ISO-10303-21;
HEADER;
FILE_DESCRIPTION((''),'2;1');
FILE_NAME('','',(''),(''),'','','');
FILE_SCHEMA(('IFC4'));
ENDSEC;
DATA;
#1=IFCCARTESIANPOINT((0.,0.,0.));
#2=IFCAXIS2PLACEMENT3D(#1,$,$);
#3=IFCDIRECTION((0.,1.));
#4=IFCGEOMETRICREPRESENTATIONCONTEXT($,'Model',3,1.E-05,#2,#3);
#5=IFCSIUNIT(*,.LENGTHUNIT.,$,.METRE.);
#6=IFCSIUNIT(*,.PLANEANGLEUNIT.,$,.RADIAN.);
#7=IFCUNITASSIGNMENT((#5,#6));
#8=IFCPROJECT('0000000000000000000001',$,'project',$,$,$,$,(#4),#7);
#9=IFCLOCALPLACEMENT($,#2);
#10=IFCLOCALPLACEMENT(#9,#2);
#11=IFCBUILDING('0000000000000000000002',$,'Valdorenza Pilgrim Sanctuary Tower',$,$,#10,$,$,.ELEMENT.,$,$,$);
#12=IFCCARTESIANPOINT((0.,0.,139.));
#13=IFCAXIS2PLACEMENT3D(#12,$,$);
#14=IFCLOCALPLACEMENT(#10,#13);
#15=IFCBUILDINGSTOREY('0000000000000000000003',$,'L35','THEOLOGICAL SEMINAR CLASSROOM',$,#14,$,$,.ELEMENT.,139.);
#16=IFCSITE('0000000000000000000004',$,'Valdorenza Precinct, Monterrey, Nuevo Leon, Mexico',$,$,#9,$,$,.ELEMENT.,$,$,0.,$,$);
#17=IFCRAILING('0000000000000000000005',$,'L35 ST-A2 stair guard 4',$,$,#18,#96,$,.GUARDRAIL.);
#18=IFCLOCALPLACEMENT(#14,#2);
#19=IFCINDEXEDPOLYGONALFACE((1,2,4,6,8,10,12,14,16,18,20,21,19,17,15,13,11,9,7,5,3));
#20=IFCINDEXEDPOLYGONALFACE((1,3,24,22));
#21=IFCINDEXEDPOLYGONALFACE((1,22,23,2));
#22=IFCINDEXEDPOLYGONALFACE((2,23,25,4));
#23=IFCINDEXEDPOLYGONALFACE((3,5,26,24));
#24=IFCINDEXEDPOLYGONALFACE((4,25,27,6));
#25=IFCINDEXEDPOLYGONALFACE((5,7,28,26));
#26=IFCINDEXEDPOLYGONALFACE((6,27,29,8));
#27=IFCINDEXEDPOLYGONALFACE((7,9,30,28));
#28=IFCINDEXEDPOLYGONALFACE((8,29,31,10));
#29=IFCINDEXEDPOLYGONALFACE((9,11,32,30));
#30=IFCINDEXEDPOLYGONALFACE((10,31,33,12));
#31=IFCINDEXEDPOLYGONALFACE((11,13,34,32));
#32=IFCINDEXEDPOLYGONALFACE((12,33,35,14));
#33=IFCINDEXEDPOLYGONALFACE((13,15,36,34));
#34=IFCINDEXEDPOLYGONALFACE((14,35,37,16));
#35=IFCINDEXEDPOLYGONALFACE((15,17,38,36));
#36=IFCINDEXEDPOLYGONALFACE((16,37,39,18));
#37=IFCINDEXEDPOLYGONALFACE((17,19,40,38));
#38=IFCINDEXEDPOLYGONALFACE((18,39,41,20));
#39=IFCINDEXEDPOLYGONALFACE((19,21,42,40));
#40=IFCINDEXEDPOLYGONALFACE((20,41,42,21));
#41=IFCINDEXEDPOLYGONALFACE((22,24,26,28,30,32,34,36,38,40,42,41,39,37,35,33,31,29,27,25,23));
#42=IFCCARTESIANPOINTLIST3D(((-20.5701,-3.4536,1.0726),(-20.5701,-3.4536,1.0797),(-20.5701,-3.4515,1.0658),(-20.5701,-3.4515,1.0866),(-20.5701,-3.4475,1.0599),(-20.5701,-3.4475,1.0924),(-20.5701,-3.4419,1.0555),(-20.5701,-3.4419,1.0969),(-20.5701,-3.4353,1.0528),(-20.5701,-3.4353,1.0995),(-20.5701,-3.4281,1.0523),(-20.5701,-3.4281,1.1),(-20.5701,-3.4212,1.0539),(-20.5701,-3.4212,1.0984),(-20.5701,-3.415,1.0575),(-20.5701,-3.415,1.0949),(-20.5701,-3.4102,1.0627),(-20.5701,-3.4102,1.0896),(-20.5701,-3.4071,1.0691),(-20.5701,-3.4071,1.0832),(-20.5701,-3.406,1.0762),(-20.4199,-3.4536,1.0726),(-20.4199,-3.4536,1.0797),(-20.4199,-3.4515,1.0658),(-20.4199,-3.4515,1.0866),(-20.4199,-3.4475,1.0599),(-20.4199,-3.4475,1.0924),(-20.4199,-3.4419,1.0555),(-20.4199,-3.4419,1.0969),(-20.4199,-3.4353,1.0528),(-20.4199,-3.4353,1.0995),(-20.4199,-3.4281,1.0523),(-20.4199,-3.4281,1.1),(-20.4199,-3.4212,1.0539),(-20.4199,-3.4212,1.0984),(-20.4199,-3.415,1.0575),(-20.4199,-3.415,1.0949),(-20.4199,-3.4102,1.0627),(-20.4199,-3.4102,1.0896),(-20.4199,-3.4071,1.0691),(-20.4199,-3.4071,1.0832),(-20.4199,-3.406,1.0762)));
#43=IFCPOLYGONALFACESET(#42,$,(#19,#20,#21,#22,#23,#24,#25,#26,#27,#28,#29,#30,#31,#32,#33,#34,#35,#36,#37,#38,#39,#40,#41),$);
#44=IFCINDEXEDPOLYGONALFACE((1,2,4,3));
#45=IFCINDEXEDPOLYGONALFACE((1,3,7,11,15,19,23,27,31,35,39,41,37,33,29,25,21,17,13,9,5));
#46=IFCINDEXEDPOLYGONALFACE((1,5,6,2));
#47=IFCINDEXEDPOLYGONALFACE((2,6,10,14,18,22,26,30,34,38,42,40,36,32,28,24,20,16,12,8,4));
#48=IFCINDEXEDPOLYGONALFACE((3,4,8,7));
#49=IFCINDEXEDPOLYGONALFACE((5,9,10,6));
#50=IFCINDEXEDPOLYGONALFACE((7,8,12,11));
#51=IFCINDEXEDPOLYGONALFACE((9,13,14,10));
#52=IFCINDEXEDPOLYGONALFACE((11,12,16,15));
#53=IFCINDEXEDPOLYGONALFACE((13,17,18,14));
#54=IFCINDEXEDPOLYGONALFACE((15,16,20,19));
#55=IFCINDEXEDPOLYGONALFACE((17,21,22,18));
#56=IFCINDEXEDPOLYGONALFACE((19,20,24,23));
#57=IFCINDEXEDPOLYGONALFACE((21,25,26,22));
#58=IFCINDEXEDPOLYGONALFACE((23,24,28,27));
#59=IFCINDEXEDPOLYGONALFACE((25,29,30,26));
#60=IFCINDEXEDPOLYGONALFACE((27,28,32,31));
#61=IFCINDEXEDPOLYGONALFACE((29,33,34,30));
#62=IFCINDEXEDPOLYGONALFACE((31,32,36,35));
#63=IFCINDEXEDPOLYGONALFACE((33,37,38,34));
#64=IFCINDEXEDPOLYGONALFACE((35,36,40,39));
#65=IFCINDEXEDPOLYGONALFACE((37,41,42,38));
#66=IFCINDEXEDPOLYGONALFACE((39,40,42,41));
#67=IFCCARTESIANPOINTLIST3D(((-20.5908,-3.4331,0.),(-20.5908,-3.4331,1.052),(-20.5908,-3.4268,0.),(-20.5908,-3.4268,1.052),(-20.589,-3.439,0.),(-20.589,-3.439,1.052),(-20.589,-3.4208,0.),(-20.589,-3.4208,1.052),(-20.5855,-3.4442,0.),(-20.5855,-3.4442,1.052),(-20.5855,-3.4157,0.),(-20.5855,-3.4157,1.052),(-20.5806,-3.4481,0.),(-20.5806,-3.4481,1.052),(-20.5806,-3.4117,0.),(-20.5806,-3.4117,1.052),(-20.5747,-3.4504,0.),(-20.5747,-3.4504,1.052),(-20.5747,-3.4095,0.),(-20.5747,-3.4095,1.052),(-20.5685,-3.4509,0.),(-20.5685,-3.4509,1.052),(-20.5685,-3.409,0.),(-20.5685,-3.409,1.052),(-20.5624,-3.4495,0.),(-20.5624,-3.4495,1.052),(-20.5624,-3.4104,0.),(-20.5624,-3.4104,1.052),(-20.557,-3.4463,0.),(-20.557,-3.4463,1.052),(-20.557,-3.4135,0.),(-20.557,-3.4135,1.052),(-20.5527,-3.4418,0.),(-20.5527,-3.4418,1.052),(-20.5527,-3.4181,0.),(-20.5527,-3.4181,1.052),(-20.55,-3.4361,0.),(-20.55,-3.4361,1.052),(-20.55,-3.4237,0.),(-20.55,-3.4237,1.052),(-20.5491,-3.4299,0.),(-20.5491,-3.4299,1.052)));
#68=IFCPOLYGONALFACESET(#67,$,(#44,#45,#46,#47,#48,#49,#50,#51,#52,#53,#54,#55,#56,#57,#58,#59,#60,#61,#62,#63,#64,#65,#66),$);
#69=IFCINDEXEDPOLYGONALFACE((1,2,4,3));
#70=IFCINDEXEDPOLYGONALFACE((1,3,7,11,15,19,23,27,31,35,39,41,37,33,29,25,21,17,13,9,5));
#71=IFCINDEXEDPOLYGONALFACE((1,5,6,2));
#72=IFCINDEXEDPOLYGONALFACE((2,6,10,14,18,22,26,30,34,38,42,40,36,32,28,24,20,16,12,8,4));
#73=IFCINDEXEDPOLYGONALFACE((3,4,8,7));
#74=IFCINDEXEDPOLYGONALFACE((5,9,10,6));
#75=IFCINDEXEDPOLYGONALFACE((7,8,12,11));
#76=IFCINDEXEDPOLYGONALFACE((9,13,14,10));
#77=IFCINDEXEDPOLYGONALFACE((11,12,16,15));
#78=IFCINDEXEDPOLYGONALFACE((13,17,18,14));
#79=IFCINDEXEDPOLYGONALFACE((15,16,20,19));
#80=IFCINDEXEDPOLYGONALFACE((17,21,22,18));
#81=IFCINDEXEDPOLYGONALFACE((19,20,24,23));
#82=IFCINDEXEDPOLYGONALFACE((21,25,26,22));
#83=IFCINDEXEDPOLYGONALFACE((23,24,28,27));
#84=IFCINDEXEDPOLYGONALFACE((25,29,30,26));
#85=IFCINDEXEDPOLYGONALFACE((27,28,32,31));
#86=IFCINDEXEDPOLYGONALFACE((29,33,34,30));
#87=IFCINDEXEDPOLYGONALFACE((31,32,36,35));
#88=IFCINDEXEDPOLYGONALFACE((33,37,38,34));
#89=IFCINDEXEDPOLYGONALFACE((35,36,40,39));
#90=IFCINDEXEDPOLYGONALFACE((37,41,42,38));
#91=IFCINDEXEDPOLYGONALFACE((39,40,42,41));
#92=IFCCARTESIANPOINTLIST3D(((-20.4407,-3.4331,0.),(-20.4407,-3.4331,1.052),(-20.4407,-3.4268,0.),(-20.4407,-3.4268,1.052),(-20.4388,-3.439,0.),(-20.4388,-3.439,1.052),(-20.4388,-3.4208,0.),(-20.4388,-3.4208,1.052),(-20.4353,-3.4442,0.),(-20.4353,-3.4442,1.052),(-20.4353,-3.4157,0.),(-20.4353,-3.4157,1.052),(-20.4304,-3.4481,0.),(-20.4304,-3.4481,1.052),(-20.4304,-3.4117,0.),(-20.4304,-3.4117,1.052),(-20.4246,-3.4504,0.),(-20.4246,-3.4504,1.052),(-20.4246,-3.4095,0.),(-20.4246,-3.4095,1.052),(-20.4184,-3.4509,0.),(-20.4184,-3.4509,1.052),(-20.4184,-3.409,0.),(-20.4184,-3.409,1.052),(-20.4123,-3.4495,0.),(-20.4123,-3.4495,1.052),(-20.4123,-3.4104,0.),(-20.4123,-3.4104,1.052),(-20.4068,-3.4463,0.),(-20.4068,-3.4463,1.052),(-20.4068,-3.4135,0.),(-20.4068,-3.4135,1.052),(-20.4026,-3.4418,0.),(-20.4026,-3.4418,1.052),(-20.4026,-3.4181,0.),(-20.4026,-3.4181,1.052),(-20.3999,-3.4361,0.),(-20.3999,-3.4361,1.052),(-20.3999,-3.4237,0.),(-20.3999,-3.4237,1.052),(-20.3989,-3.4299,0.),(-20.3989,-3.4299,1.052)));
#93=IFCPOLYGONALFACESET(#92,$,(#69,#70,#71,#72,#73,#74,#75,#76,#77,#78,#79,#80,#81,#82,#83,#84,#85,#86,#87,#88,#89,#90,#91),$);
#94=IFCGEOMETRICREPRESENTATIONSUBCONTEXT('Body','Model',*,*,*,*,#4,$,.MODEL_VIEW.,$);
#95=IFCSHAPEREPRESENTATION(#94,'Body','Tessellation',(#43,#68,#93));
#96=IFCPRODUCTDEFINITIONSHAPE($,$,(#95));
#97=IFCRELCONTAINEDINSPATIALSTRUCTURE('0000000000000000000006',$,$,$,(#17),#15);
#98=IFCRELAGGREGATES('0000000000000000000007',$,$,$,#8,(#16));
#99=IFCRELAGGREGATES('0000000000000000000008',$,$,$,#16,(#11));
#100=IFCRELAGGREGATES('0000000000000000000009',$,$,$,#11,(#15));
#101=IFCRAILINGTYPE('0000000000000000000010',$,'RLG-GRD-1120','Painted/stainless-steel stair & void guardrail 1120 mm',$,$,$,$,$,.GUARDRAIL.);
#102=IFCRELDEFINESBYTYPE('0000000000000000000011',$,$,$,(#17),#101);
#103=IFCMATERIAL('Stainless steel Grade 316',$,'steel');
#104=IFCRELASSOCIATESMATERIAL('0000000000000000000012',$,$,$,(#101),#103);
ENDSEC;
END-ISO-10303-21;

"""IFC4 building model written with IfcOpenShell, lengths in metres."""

from ifc_helpers import new_model, si_unit, direction, frame, origin, origin_2d, place, context, subcontext, project, spatial, circle, extrude, material, type_object, element, save


model = new_model("IFC4")

# Units and contexts
model_context = context("Model", 3, precision=1e-05, world=origin(), true_north=direction((0.0, 1.0)))
body_context = subcontext(model_context, "Body", "Model", "MODEL_VIEW")
ifc_project = project(units=[si_unit("LENGTHUNIT", "METRE"), si_unit("PLANEANGLEUNIT", "RADIAN")], contexts=[model_context])

# Site, building, storey
site_placement = place(None, origin())
site = spatial("IfcSite", under=ifc_project, at=site_placement, Name="Valdorenza Precinct, Monterrey, Nuevo Leon, Mexico", CompositionType="ELEMENT", RefElevation=0.0)
building_placement = place(site_placement, origin())
building = spatial("IfcBuilding", under=site, at=building_placement, Name="Valdorenza Pilgrim Sanctuary Tower", CompositionType="ELEMENT")
storey_placement = place(building_placement, frame((0.0, 0.0, 139.0)))
storey = spatial("IfcBuildingStorey", under=building, at=storey_placement, Name="L35", Description="THEOLOGICAL SEMINAR CLASSROOM", CompositionType="ELEMENT", Elevation=139.0)

# Railing
ifc_material_1 = material(Name="Stainless steel Grade 316", Category="steel")
railing_type_1 = type_object("IfcRailingType", Name="RLG-GRD-1120", Description="Painted/stainless-steel stair & void guardrail 1120 mm", PredefinedType="GUARDRAIL", material=ifc_material_1)
railing_1_placement = place(storey_placement, frame((-20.5701, -3.4299, 0.0)))
element("IfcRailing", 1, at=railing_1_placement, inside=storey, type_object=railing_type_1, Name="L35 ST-A2 stair guard 4", PredefinedType="GUARDRAIL", context=body_context, shape_type="SweptSolid", body=[
    extrude(circle(Radius=0.0239, at=origin_2d()), frame((0.0, 0.0, 1.0762), z_axis=(1.0, 0.0, 0.0), x_axis=(0.0, 1.0, 0.0)), (0.0, 0.0, 1.0), 0.1501),
    extrude(circle(Radius=0.021, at=origin_2d()), origin(), (0.0, 0.0, 1.0), 1.052),
    extrude(circle(Radius=0.021, at=origin_2d()), frame((0.1501, 0.0, 0.0)), (0.0, 0.0, 1.0), 1.052),
])

save(model, "model.ifc")
